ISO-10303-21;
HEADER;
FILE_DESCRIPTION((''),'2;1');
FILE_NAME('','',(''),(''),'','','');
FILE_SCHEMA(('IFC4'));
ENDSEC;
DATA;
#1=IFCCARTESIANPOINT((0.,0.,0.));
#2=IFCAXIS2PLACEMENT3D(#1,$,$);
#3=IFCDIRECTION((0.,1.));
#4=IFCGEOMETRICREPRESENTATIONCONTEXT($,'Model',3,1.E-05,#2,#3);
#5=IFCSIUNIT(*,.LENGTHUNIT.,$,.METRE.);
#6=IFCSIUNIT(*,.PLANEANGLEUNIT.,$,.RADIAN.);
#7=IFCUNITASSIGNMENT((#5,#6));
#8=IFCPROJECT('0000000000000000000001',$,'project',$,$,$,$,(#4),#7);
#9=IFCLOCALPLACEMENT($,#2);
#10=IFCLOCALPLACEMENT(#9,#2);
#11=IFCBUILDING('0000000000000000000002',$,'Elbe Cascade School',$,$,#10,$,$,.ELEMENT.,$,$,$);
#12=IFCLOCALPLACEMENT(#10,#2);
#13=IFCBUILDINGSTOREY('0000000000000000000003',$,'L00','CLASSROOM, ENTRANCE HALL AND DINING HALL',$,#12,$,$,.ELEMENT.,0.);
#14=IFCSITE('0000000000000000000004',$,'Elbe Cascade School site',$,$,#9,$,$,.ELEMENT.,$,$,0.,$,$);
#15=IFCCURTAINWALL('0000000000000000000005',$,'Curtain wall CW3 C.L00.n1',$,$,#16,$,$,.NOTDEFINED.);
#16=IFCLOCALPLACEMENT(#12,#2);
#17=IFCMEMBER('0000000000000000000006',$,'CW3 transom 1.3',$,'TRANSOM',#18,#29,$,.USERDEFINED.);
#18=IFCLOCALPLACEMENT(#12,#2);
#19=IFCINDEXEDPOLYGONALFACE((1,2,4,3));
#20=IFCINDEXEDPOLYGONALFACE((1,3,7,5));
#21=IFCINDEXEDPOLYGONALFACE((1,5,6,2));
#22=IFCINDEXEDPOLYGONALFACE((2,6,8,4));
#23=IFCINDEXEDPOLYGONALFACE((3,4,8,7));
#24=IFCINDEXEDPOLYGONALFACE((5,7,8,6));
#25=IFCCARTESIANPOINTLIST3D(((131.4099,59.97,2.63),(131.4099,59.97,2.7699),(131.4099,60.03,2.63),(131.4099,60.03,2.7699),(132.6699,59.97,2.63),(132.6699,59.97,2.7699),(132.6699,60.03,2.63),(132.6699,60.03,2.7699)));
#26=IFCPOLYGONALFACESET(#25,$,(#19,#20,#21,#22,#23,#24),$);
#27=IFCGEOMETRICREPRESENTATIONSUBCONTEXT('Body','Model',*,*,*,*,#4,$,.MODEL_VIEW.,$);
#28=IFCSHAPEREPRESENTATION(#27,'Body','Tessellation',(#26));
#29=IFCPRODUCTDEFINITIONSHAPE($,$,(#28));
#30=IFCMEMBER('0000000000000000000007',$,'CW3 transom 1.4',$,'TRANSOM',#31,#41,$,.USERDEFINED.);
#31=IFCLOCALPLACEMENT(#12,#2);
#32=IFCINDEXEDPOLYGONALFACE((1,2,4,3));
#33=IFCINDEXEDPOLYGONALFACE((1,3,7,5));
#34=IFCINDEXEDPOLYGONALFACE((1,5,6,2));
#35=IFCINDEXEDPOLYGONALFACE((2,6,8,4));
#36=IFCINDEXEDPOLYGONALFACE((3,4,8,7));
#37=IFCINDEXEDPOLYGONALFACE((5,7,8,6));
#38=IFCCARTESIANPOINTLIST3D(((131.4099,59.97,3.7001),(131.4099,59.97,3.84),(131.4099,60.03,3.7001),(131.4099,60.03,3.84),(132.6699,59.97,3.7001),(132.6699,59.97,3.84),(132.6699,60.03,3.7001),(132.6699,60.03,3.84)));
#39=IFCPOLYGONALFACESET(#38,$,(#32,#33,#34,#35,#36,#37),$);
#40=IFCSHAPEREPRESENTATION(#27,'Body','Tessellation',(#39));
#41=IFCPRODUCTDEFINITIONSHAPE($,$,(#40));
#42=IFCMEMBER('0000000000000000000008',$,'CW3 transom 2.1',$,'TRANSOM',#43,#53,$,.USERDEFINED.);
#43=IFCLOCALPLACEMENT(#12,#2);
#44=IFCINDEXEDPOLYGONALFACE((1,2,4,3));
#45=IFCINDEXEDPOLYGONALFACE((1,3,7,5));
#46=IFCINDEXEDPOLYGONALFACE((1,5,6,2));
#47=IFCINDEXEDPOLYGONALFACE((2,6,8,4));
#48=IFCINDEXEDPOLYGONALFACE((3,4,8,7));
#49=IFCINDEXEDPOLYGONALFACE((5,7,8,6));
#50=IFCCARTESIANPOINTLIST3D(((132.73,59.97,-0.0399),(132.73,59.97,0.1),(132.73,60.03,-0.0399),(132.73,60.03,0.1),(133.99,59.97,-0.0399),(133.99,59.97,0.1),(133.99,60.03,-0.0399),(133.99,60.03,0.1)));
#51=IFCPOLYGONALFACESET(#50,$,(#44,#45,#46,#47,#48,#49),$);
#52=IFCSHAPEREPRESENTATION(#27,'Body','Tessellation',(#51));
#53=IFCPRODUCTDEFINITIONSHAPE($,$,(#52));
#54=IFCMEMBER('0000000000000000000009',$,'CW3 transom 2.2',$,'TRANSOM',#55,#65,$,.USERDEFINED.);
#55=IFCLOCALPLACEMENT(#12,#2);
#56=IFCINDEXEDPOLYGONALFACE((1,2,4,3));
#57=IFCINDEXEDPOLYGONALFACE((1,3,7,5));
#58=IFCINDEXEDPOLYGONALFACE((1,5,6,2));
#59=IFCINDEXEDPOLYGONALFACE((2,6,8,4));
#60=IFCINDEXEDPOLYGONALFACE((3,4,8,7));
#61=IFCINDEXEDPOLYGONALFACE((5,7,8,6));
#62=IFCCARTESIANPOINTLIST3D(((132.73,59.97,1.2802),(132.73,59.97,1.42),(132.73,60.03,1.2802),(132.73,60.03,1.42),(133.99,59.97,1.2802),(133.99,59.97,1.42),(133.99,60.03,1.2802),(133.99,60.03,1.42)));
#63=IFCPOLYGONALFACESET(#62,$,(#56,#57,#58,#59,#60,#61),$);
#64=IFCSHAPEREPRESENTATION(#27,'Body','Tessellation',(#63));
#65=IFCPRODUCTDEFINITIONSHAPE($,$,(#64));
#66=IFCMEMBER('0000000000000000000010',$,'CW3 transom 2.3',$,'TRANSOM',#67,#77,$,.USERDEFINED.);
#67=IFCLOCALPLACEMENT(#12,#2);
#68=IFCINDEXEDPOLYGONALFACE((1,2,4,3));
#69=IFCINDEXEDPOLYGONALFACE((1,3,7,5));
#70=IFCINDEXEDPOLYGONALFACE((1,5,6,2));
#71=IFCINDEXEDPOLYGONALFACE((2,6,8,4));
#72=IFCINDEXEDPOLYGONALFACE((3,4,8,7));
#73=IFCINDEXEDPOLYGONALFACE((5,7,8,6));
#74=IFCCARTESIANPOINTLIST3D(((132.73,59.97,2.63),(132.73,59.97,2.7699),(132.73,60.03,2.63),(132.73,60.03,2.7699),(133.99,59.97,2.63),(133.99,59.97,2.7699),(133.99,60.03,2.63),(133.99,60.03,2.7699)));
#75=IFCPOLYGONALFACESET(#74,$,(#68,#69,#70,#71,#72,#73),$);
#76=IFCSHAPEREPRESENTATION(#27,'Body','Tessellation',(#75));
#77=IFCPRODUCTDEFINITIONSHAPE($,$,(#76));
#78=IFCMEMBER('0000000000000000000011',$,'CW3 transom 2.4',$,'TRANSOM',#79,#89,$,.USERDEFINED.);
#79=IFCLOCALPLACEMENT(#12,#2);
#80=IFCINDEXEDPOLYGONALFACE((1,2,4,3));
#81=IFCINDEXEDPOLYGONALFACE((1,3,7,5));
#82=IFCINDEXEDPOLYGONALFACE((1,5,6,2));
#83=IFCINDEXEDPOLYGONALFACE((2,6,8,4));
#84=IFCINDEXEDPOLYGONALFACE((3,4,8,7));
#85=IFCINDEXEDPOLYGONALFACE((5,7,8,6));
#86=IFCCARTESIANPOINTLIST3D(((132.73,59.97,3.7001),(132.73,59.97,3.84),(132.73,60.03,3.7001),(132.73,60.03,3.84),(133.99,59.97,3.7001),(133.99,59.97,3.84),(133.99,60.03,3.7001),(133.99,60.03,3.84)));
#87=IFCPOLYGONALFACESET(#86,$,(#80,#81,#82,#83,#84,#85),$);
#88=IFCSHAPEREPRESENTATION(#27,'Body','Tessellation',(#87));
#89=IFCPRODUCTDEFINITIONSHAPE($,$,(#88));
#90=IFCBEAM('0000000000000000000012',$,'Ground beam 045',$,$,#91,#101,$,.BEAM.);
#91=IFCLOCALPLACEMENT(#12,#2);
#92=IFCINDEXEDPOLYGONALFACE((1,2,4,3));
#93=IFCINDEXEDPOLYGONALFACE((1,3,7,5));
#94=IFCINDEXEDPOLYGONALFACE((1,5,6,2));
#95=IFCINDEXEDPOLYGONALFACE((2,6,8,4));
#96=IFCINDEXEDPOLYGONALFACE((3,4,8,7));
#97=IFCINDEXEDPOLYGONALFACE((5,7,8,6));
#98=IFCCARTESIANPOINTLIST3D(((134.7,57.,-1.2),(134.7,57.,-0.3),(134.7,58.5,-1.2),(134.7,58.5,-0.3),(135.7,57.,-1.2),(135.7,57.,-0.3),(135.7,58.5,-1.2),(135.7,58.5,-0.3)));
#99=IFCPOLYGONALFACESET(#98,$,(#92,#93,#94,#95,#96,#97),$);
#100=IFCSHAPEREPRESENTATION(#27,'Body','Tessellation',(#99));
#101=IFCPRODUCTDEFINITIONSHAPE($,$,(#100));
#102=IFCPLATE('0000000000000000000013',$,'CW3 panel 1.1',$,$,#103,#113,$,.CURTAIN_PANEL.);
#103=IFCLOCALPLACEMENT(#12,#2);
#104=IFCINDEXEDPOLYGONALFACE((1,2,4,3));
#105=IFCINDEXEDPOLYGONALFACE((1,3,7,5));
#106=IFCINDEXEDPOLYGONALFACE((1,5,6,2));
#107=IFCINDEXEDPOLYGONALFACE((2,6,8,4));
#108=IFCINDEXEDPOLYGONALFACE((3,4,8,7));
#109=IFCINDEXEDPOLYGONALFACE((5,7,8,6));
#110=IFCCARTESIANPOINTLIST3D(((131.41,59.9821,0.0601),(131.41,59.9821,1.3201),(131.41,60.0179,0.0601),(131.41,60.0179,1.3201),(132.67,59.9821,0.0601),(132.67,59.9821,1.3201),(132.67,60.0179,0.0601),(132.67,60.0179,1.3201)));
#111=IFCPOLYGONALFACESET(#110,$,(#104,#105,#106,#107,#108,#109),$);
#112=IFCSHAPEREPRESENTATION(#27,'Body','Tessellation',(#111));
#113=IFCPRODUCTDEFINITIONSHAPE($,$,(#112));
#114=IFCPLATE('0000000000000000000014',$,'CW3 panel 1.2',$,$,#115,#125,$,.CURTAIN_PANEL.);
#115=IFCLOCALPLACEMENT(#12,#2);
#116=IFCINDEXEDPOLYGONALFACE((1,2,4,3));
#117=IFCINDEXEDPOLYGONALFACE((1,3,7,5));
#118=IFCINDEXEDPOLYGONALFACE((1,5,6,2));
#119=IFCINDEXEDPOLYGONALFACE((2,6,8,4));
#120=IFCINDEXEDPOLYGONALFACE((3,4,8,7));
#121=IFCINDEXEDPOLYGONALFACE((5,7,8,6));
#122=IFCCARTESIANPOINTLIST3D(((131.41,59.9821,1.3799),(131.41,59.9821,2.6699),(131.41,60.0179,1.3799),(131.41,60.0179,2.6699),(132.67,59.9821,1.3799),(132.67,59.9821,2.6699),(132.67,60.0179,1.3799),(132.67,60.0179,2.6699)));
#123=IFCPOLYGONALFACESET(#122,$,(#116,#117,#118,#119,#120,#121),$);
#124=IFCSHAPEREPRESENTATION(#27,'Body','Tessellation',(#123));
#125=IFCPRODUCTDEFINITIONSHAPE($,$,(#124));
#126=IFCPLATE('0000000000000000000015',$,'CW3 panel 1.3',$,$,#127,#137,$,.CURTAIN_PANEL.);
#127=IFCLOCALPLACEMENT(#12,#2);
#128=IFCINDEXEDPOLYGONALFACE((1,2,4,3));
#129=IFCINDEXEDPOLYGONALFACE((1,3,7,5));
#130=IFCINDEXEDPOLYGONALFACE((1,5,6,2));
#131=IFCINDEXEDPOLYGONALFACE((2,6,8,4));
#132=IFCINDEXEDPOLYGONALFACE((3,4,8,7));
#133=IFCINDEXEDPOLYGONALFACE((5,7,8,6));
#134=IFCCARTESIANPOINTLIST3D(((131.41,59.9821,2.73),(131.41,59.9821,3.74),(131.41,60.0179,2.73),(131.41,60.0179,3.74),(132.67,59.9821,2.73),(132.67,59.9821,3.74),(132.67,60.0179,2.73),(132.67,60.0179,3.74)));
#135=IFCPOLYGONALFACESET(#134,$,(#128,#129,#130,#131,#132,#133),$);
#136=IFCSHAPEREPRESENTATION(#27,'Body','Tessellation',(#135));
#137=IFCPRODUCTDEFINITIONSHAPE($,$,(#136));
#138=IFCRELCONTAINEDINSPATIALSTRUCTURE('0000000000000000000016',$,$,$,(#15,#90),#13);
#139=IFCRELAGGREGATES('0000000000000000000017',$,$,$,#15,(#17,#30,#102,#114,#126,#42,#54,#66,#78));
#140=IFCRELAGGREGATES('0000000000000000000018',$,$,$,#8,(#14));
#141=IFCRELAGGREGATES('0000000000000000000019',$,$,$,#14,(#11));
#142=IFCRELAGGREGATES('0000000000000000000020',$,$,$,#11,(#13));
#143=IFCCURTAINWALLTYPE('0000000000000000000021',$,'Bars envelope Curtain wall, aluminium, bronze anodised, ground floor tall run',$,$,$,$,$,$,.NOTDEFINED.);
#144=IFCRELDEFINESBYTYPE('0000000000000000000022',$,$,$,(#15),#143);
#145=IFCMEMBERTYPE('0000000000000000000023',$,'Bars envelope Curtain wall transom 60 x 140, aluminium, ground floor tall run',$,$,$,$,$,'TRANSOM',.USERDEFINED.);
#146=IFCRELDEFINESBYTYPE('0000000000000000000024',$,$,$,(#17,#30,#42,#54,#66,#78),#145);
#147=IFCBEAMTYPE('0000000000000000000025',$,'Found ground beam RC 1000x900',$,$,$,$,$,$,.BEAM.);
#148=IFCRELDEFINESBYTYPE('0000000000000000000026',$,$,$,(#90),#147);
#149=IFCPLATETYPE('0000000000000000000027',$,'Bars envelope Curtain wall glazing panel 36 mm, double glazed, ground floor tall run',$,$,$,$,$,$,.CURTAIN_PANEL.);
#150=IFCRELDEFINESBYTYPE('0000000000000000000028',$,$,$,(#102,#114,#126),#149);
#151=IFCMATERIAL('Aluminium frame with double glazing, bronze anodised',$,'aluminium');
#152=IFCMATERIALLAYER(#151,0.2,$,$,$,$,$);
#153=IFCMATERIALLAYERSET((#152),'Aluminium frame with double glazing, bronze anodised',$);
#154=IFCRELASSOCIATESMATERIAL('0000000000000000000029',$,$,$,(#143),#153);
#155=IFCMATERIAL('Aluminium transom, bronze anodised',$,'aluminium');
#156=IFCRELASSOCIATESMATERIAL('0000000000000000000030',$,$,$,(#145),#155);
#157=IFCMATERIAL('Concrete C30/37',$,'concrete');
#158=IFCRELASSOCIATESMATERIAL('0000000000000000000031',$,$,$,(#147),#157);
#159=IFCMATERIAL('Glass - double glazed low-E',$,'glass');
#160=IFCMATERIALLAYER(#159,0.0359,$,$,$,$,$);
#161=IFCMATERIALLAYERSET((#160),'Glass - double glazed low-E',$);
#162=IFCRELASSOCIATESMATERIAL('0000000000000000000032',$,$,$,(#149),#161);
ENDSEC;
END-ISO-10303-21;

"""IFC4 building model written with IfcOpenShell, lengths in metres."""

from ifc_helpers import new_model, si_unit, direction, frame, origin, origin_2d, place, context, subcontext, project, spatial, rectangle, extrude, material, layer, layer_set, material_profile, profile_set, type_object, element, aggregate, save


model = new_model("IFC4")

# Units and contexts
model_context = context("Model", 3, precision=1e-05, world=origin(), true_north=direction((0.0, 1.0)))
body_context = subcontext(model_context, "Body", "Model", "MODEL_VIEW")
ifc_project = project(units=[si_unit("LENGTHUNIT", "METRE"), si_unit("PLANEANGLEUNIT", "RADIAN")], contexts=[model_context])

# Site, building, storey
site_placement = place(None, origin())
site = spatial("IfcSite", under=ifc_project, at=site_placement, Name="Elbe Cascade School site", CompositionType="ELEMENT", RefElevation=0.0)
building_placement = place(site_placement, origin())
building = spatial("IfcBuilding", under=site, at=building_placement, Name="Elbe Cascade School", CompositionType="ELEMENT")
storey_placement = place(building_placement, origin())
storey = spatial("IfcBuildingStorey", under=building, at=storey_placement, Name="L00", Description="CLASSROOM, ENTRANCE HALL AND DINING HALL", CompositionType="ELEMENT", Elevation=0.0)

# Curtain wall, members
ifc_material_1 = material(Name="Aluminium frame with double glazing, bronze anodised", Category="aluminium")
ifc_layer_1 = layer(ifc_material_1, 0.2)
ifc_layer_set_1 = layer_set([ifc_layer_1], Name="Aluminium frame with double glazing, bronze anodised")
curtain_wall_type = type_object("IfcCurtainWallType", Name="Bars envelope Curtain wall, aluminium, bronze anodised, ground floor tall run", PredefinedType="NOTDEFINED", material=ifc_layer_set_1)
curtain_wall_placement = place(storey_placement, origin())
curtain_wall = element("IfcCurtainWall", 1, at=curtain_wall_placement, inside=storey, type_object=curtain_wall_type, Name="Curtain wall CW3 C.L00.n1", PredefinedType="NOTDEFINED")
ifc_material_2 = material(Name="Aluminium transom, bronze anodised", Category="aluminium")
ifc_material_profile_1 = material_profile(ifc_material_2, rectangle(XDim=0.0601, YDim=0.1399, at=origin_2d()), Name="Bars envelope Curtain wall transom 60 x 140, aluminium, ground floor tall run")
ifc_profile_set_1 = profile_set([ifc_material_profile_1], Name="Aluminium transom, bronze anodised")
member_type_1 = type_object("IfcMemberType", Name="Bars envelope Curtain wall transom 60 x 140, aluminium, ground floor tall run", ElementType="TRANSOM", PredefinedType="USERDEFINED", material=ifc_profile_set_1)
member_1_placement = place(storey_placement, frame((131.4099, 60.0, 2.7), z_axis=(1.0, 0.0, 0.0), x_axis=(0.0, 1.0, 0.0)))
member_1 = element("IfcMember", 2, at=member_1_placement, type_object=member_type_1, Name="CW3 transom 1.3", ObjectType="TRANSOM", PredefinedType="USERDEFINED", context=body_context, shape_type="SweptSolid", body=[
    extrude(rectangle(XDim=0.0601, YDim=0.1399, at=origin_2d()), origin(), (0.0, 0.0, 1.0), 1.26),
])
member_2_placement = place(storey_placement, frame((131.4099, 60.0, 3.77), z_axis=(1.0, 0.0, 0.0), x_axis=(0.0, 1.0, 0.0)))
member_2 = element("IfcMember", 3, at=member_2_placement, type_object=member_type_1, Name="CW3 transom 1.4", ObjectType="TRANSOM", PredefinedType="USERDEFINED", context=body_context, shape_type="SweptSolid", body=[
    extrude(rectangle(XDim=0.0601, YDim=0.1399, at=origin_2d()), origin(), (0.0, 0.0, 1.0), 1.26),
])
member_3_placement = place(storey_placement, frame((132.73, 60.0, 0.03), z_axis=(1.0, 0.0, 0.0), x_axis=(0.0, 1.0, 0.0)))
member_3 = element("IfcMember", 4, at=member_3_placement, type_object=member_type_1, Name="CW3 transom 2.1", ObjectType="TRANSOM", PredefinedType="USERDEFINED", context=body_context, shape_type="SweptSolid", body=[
    extrude(rectangle(XDim=0.0601, YDim=0.1399, at=origin_2d()), origin(), (0.0, 0.0, 1.0), 1.26),
])
member_4_placement = place(storey_placement, frame((132.73, 60.0, 1.3501), z_axis=(1.0, 0.0, 0.0), x_axis=(0.0, 1.0, 0.0)))
member_4 = element("IfcMember", 5, at=member_4_placement, type_object=member_type_1, Name="CW3 transom 2.2", ObjectType="TRANSOM", PredefinedType="USERDEFINED", context=body_context, shape_type="SweptSolid", body=[
    extrude(rectangle(XDim=0.0601, YDim=0.1399, at=origin_2d()), origin(), (0.0, 0.0, 1.0), 1.26),
])
member_5_placement = place(storey_placement, frame((132.73, 60.0, 2.7), z_axis=(1.0, 0.0, 0.0), x_axis=(0.0, 1.0, 0.0)))
member_5 = element("IfcMember", 6, at=member_5_placement, type_object=member_type_1, Name="CW3 transom 2.3", ObjectType="TRANSOM", PredefinedType="USERDEFINED", context=body_context, shape_type="SweptSolid", body=[
    extrude(rectangle(XDim=0.0601, YDim=0.1399, at=origin_2d()), origin(), (0.0, 0.0, 1.0), 1.26),
])
member_6_placement = place(storey_placement, frame((132.73, 60.0, 3.77), z_axis=(1.0, 0.0, 0.0), x_axis=(0.0, 1.0, 0.0)))
member_6 = element("IfcMember", 7, at=member_6_placement, type_object=member_type_1, Name="CW3 transom 2.4", ObjectType="TRANSOM", PredefinedType="USERDEFINED", context=body_context, shape_type="SweptSolid", body=[
    extrude(rectangle(XDim=0.0601, YDim=0.1399, at=origin_2d()), origin(), (0.0, 0.0, 1.0), 1.26),
])

# Beam
ifc_material_3 = material(Name="Concrete C30/37", Category="concrete")
ifc_material_profile_2 = material_profile(ifc_material_3, rectangle(XDim=1.0, YDim=0.8999, at=origin_2d()), Name="RC 1000x900")
ifc_profile_set_2 = profile_set([ifc_material_profile_2], Name="Concrete C30/37")
beam_type = type_object("IfcBeamType", Name="Found ground beam RC 1000x900", PredefinedType="BEAM", material=ifc_profile_set_2)
beam_placement = place(storey_placement, frame((135.2, 57.0, -0.75), z_axis=(0.0, 1.0, 0.0), x_axis=(-1.0, 0.0, 0.0)))
element("IfcBeam", 8, at=beam_placement, inside=storey, type_object=beam_type, Name="Ground beam 045", PredefinedType="BEAM", context=body_context, shape_type="SweptSolid", body=[
    extrude(rectangle(XDim=1.0, YDim=0.8999, at=origin_2d()), origin(), (0.0, 0.0, 1.0), 1.5),
])

# Plates
ifc_material_4 = material(Name="Glass - double glazed low-E", Category="glass")
ifc_layer_2 = layer(ifc_material_4, 0.0359)
ifc_layer_set_2 = layer_set([ifc_layer_2], Name="Glass - double glazed low-E")
plate_type = type_object("IfcPlateType", Name="Bars envelope Curtain wall glazing panel 36 mm, double glazed, ground floor tall run", PredefinedType="CURTAIN_PANEL", material=ifc_layer_set_2)
plate_1_placement = place(storey_placement, frame((132.04, 60.0, 0.0601), z_axis=(0.0, 0.0, 1.0), x_axis=(1.0, 0.0, 0.0)))
plate_1 = element("IfcPlate", 9, at=plate_1_placement, type_object=plate_type, Name="CW3 panel 1.1", PredefinedType="CURTAIN_PANEL", context=body_context, shape_type="SweptSolid", body=[
    extrude(rectangle(XDim=1.26, YDim=0.0359, at=origin_2d()), origin(), (0.0, 0.0, 1.0), 1.26),
])
plate_2_placement = place(storey_placement, frame((132.04, 60.0, 1.3799), z_axis=(0.0, 0.0, 1.0), x_axis=(1.0, 0.0, 0.0)))
plate_2 = element("IfcPlate", 10, at=plate_2_placement, type_object=plate_type, Name="CW3 panel 1.2", PredefinedType="CURTAIN_PANEL", context=body_context, shape_type="SweptSolid", body=[
    extrude(rectangle(XDim=1.26, YDim=0.0359, at=origin_2d()), origin(), (0.0, 0.0, 1.0), 1.29),
])
plate_3_placement = place(storey_placement, frame((132.04, 60.0, 2.73), z_axis=(0.0, 0.0, 1.0), x_axis=(1.0, 0.0, 0.0)))
plate_3 = element("IfcPlate", 11, at=plate_3_placement, type_object=plate_type, Name="CW3 panel 1.3", PredefinedType="CURTAIN_PANEL", context=body_context, shape_type="SweptSolid", body=[
    extrude(rectangle(XDim=1.26, YDim=0.0359, at=origin_2d()), origin(), (0.0, 0.0, 1.0), 1.01),
])
aggregate(curtain_wall, [member_1, member_2, plate_1, plate_2, plate_3, member_3, member_4, member_5, member_6])

save(model, "model.ifc")
